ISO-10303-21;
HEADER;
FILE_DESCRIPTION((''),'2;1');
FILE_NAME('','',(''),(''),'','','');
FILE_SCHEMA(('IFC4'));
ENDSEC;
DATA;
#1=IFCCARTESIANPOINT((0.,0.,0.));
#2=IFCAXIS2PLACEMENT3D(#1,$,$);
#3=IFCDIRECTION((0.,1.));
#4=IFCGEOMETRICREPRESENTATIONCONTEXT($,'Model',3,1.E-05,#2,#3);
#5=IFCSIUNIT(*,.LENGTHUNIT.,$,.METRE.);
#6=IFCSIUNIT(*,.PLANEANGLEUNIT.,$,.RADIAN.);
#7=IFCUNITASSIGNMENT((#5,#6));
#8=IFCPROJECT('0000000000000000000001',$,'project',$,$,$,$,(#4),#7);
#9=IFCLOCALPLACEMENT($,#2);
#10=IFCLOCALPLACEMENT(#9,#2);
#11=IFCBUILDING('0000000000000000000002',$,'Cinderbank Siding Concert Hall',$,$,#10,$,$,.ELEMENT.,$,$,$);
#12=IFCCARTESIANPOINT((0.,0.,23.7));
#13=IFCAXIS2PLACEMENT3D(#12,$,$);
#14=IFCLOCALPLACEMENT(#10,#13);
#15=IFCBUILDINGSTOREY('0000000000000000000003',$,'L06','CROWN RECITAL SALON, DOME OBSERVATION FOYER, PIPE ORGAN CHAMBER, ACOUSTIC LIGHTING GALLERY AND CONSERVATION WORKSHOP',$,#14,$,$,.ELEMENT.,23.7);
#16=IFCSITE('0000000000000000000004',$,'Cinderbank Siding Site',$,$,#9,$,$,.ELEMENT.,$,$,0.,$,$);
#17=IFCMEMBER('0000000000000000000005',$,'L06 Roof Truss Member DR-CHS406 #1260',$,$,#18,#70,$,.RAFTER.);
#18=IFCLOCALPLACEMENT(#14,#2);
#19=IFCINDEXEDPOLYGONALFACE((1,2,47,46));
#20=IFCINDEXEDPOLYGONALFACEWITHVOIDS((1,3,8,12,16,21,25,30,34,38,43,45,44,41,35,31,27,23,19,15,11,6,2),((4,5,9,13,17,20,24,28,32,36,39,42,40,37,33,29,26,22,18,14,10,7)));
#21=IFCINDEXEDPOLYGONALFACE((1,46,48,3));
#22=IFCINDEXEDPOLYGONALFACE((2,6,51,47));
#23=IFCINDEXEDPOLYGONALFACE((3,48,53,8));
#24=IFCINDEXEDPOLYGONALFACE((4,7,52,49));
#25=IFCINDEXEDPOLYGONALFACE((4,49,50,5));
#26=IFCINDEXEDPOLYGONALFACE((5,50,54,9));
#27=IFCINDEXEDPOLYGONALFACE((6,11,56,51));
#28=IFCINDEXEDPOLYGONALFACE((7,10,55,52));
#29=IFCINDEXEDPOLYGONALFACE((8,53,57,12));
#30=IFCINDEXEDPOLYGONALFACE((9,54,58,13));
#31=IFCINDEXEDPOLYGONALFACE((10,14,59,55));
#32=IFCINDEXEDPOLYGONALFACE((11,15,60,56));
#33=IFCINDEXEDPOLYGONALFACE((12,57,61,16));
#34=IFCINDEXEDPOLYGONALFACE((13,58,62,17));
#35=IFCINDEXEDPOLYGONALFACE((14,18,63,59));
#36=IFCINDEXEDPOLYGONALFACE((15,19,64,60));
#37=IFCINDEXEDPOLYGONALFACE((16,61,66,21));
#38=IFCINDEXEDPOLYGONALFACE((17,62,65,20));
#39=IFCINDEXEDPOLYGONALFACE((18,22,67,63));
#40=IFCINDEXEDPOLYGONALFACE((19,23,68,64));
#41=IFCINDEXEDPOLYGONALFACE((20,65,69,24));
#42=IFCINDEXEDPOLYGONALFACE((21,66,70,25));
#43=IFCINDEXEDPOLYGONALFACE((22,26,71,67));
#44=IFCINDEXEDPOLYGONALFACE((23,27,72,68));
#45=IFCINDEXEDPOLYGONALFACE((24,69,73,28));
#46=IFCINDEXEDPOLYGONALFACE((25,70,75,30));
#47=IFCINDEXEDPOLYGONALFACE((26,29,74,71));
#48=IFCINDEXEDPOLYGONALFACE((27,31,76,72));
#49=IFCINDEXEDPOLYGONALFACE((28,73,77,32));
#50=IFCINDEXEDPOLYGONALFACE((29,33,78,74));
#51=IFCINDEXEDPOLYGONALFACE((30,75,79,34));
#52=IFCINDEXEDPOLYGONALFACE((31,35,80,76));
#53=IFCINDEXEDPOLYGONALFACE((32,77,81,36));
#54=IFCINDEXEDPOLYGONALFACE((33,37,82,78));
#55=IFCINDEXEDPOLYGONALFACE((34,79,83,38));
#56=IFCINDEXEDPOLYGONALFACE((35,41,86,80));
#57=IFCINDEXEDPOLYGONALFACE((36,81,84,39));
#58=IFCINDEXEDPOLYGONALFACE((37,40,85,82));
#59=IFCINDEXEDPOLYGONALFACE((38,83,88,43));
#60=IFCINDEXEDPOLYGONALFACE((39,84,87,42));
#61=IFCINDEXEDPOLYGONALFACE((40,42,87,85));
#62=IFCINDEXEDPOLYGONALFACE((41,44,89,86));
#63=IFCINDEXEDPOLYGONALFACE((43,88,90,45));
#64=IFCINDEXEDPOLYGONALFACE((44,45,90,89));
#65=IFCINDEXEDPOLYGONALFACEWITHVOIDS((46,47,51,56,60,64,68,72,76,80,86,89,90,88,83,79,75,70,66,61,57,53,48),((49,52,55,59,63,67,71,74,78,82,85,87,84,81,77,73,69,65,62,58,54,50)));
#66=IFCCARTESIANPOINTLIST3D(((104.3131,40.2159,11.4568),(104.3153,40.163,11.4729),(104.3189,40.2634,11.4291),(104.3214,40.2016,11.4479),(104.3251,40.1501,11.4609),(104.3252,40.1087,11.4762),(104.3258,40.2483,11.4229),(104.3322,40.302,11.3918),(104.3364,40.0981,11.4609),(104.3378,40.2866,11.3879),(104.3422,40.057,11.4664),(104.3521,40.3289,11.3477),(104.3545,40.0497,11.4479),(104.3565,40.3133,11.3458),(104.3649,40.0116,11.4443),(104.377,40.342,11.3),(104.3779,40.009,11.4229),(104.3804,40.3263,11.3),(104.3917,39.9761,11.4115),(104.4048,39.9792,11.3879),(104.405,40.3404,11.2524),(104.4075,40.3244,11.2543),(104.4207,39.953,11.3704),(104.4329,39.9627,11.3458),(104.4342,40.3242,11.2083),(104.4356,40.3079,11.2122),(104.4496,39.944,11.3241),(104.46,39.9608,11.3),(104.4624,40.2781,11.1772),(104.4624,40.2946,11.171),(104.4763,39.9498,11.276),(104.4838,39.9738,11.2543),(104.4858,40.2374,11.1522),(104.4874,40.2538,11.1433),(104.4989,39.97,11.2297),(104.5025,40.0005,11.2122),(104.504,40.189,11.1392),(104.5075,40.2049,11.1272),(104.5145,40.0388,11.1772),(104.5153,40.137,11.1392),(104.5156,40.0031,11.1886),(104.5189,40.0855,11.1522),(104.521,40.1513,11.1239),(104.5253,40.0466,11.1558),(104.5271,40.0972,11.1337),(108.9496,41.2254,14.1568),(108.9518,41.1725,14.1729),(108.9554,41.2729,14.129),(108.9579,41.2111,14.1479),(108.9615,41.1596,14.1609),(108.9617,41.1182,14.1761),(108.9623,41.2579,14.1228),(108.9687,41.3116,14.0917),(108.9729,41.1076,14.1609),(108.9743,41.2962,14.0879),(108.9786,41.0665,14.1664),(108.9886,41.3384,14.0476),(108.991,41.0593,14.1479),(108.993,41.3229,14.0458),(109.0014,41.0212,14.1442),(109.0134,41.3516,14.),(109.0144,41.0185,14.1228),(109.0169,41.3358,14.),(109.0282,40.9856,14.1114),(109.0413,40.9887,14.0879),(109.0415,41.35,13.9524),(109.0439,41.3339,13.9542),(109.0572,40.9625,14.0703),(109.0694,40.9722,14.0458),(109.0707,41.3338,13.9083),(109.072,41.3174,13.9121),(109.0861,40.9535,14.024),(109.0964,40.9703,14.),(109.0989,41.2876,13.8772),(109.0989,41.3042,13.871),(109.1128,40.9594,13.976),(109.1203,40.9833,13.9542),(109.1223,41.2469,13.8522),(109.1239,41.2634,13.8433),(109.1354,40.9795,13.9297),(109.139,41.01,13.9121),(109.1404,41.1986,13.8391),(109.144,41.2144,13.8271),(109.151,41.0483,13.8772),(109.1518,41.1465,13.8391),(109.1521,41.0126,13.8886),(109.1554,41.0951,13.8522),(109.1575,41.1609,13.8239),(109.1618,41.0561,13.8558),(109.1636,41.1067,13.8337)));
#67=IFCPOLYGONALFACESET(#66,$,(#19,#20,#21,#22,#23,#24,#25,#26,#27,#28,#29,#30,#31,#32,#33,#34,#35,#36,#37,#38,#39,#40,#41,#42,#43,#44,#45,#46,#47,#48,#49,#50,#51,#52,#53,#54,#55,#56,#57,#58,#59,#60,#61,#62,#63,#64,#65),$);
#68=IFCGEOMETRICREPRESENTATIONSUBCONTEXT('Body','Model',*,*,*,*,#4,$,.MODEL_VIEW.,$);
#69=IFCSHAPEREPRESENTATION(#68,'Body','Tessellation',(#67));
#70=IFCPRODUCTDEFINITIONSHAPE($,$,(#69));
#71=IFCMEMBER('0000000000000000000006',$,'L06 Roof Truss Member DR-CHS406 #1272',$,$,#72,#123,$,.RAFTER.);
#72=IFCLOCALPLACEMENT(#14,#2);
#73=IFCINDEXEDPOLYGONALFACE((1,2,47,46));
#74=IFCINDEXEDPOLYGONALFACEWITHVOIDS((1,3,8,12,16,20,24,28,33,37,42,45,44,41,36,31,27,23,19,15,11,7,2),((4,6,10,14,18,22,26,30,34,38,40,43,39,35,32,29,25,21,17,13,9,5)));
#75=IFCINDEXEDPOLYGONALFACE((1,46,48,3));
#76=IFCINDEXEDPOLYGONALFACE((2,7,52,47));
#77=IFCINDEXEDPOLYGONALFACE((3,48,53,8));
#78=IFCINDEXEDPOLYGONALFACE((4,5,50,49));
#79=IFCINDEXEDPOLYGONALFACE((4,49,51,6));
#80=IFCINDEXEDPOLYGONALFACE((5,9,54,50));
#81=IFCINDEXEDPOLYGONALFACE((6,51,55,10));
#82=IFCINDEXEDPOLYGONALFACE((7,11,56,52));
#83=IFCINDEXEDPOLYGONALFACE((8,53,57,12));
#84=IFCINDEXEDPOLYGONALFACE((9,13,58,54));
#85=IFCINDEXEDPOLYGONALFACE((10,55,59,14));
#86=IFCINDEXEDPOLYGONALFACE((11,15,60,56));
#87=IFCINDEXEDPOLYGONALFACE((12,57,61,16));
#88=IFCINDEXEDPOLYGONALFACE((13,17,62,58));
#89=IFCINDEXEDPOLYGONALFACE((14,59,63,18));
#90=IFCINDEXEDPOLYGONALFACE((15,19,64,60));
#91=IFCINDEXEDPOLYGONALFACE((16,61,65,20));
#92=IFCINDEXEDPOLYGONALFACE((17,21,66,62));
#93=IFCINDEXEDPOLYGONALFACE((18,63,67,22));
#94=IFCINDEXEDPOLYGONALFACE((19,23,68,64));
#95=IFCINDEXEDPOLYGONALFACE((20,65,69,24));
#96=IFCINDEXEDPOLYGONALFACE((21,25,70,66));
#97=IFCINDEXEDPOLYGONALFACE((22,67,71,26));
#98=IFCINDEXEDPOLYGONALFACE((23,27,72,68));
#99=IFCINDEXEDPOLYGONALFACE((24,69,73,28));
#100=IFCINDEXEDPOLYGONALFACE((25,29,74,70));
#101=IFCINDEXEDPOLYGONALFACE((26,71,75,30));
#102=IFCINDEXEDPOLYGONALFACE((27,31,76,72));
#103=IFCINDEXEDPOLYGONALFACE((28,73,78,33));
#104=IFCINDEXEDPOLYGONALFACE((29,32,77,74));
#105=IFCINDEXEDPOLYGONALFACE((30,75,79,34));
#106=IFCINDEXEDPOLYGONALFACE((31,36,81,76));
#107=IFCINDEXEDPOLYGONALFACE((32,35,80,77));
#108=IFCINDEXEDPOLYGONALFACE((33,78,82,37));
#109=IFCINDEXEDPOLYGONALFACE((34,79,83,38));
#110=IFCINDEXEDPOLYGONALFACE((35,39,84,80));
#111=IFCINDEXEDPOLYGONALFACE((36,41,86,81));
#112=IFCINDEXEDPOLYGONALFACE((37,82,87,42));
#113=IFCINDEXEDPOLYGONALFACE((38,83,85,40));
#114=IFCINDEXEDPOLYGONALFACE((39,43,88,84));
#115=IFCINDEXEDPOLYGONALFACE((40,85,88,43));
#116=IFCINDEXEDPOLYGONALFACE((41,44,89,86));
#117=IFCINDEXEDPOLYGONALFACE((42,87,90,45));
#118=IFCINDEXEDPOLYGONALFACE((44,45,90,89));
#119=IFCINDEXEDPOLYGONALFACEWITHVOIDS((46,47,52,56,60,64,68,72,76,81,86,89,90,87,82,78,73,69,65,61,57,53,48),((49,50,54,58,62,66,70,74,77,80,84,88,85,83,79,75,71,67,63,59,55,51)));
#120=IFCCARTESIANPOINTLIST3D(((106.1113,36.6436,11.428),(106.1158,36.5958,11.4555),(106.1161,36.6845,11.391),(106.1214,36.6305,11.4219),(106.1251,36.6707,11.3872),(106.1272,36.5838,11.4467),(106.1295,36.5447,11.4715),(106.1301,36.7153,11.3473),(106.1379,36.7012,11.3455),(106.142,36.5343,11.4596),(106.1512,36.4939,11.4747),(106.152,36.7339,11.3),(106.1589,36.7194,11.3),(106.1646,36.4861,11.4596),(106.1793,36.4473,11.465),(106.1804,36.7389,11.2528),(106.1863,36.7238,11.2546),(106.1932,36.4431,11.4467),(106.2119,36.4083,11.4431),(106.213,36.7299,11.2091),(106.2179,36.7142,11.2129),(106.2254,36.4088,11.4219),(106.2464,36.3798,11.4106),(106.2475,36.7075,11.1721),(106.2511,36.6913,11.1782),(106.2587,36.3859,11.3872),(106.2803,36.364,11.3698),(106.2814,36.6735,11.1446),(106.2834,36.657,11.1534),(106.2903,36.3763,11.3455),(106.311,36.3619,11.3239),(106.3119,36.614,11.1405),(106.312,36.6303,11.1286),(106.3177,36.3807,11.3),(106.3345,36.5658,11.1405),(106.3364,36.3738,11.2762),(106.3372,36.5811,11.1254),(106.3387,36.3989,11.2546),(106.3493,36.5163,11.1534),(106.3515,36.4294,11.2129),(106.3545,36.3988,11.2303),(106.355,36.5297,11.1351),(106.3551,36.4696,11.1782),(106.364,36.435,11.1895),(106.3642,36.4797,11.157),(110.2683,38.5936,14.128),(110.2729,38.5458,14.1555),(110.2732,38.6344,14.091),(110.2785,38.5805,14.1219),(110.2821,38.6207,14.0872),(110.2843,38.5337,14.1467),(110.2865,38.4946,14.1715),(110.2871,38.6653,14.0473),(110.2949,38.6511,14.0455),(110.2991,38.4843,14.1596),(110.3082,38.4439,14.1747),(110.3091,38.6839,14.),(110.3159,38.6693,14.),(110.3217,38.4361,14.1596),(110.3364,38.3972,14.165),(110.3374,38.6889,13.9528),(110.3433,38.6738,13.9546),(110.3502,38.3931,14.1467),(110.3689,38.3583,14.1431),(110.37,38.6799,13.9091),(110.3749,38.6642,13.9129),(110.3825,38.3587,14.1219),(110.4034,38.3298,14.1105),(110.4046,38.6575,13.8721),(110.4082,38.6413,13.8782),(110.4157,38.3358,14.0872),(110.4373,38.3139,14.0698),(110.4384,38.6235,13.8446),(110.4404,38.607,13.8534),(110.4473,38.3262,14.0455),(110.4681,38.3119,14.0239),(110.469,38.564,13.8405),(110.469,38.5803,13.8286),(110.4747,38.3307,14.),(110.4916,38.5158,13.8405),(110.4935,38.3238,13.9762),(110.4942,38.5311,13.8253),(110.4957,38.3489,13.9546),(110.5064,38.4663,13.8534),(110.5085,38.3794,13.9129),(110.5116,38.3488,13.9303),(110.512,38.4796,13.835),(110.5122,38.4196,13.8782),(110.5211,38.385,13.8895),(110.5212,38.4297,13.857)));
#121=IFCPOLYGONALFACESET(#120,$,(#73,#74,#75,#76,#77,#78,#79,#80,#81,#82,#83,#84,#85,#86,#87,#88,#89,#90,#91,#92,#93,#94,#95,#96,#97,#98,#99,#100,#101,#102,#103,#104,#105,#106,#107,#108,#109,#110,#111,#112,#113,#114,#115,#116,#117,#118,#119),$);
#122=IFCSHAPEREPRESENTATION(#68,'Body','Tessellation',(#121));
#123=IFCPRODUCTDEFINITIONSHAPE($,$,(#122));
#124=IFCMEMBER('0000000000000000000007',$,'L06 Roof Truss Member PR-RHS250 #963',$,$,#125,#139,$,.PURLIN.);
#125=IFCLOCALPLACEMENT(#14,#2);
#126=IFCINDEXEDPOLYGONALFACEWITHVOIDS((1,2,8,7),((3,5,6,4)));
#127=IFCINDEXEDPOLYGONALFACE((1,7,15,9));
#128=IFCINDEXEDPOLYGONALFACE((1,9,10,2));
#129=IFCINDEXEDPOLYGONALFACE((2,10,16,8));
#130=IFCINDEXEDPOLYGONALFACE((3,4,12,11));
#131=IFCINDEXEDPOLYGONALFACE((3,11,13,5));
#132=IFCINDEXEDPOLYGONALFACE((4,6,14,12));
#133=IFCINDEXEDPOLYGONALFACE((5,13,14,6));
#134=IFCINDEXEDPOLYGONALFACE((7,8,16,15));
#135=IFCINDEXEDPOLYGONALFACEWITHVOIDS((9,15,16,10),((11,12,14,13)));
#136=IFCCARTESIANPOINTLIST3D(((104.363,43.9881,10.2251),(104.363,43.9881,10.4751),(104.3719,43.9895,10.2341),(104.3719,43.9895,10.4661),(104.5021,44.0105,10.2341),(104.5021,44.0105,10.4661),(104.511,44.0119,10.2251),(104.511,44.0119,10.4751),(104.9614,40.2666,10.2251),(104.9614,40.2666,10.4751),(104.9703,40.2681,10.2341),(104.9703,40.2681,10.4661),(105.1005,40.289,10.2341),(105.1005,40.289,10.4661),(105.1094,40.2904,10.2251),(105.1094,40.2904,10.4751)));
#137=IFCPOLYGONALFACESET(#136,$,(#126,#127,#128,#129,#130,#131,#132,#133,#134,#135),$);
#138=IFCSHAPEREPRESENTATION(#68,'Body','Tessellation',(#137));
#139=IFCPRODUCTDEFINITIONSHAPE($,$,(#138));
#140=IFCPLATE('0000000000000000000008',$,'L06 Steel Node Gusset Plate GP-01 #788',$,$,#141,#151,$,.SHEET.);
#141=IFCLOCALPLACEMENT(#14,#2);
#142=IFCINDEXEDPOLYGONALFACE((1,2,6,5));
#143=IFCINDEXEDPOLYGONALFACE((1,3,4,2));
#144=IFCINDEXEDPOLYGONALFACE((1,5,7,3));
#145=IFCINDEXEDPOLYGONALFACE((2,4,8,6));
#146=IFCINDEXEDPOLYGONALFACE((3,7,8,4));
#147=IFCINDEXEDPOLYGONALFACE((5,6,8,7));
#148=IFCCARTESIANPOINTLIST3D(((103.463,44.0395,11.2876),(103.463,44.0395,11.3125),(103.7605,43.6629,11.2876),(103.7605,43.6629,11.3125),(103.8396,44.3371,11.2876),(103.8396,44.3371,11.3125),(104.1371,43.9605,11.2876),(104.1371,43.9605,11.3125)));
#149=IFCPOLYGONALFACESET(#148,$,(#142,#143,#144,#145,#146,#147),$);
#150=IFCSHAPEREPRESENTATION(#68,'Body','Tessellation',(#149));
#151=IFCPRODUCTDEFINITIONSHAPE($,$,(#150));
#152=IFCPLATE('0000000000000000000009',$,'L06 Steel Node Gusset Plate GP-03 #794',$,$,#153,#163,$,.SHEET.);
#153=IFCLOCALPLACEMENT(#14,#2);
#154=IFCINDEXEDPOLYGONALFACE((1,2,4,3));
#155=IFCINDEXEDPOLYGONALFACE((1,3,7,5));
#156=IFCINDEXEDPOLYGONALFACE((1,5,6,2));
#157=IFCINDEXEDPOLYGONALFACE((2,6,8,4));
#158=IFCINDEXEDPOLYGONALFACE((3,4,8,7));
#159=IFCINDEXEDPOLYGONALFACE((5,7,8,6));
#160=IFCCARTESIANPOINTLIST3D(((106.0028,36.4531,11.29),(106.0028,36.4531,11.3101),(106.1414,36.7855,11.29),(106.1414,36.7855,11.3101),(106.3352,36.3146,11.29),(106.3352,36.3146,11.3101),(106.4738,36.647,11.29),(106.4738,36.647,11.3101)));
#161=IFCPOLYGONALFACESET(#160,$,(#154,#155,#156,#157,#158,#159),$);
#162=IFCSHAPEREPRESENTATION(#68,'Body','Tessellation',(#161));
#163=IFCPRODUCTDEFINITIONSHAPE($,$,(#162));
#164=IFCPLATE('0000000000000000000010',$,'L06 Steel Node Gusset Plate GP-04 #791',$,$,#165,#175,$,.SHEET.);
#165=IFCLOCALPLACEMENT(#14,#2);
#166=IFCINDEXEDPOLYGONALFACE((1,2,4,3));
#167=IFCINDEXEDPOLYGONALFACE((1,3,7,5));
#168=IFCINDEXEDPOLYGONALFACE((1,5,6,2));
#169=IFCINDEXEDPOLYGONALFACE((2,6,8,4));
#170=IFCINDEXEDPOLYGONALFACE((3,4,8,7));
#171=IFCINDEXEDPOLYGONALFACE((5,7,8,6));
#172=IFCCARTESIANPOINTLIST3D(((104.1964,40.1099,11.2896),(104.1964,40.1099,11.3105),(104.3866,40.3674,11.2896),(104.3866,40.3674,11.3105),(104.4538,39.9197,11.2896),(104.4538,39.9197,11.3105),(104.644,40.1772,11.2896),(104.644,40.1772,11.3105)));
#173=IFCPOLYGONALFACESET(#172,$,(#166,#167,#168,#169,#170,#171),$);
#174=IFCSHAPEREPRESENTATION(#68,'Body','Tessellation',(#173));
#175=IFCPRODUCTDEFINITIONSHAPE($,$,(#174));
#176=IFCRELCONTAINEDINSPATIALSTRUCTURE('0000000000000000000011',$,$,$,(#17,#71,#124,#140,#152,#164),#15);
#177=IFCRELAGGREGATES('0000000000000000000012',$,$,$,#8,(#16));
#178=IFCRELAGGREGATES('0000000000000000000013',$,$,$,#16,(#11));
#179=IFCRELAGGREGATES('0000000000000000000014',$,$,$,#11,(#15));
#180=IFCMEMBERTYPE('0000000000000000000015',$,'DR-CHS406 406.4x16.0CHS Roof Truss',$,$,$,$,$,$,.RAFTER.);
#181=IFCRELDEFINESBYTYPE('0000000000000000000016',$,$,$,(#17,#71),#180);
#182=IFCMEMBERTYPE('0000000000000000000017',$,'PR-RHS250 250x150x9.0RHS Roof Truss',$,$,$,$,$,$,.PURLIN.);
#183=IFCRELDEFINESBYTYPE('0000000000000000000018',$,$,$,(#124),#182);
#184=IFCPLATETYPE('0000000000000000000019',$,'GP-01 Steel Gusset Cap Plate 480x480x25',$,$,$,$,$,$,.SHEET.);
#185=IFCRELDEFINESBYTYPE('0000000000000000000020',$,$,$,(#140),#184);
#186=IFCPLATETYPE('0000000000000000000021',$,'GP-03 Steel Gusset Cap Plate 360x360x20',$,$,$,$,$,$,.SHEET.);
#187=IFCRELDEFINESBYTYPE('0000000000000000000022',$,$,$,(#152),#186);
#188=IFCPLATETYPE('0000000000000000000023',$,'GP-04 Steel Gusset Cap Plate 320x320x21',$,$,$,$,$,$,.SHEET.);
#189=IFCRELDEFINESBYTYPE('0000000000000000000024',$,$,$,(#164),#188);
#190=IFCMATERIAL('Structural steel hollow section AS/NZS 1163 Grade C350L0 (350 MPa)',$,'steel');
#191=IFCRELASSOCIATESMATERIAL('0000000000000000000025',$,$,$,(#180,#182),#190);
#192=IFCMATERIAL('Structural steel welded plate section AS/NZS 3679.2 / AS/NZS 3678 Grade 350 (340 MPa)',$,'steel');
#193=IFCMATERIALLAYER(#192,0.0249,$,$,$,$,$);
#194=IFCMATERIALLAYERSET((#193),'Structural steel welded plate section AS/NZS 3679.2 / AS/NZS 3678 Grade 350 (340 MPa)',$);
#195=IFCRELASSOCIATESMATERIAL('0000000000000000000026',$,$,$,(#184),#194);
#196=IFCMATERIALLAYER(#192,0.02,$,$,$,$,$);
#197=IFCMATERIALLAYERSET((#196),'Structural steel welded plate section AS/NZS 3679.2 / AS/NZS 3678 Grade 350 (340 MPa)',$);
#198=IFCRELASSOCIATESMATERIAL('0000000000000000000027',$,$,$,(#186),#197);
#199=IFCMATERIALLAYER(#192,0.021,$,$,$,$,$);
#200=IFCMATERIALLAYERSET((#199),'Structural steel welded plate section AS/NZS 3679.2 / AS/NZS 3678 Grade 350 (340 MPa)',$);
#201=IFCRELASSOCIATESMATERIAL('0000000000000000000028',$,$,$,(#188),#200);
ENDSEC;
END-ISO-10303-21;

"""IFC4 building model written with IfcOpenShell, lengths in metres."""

from ifc_helpers import new_model, si_unit, direction, frame, origin, origin_2d, place, context, subcontext, project, spatial, rectangle, hollow_rectangle, hollow_circle, extrude, material, layer, layer_set, material_profile, profile_set, type_object, element, save


model = new_model("IFC4")

# Units and contexts
model_context = context("Model", 3, precision=1e-05, world=origin(), true_north=direction((0.0, 1.0)))
body_context = subcontext(model_context, "Body", "Model", "MODEL_VIEW")
ifc_project = project(units=[si_unit("LENGTHUNIT", "METRE"), si_unit("PLANEANGLEUNIT", "RADIAN")], contexts=[model_context])

# Site, building, storey
site_placement = place(None, origin())
site = spatial("IfcSite", under=ifc_project, at=site_placement, Name="Cinderbank Siding Site", CompositionType="ELEMENT", RefElevation=0.0)
building_placement = place(site_placement, origin())
building = spatial("IfcBuilding", under=site, at=building_placement, Name="Cinderbank Siding Concert Hall", CompositionType="ELEMENT")
storey_placement = place(building_placement, frame((0.0, 0.0, 23.7)))
storey = spatial("IfcBuildingStorey", under=building, at=storey_placement, Name="L06", Description="CROWN RECITAL SALON, DOME OBSERVATION FOYER, PIPE ORGAN CHAMBER, ACOUSTIC LIGHTING GALLERY AND CONSERVATION WORKSHOP", CompositionType="ELEMENT", Elevation=23.7)

# Members
ifc_material_1 = material(Name="Structural steel hollow section AS/NZS 1163 Grade C350L0 (350 MPa)", Category="steel")
ifc_material_profile_1 = material_profile(ifc_material_1, hollow_circle(Radius=0.2031, WallThickness=0.0161, at=origin_2d()), Name="406.4x16.0CHS", Category="LoadBearing")
ifc_profile_set_1 = profile_set([ifc_material_profile_1], Name="Structural steel hollow section AS/NZS 1163 Grade C350L0 (350 MPa)")
member_type_1 = type_object("IfcMemberType", Name="DR-CHS406 406.4x16.0CHS Roof Truss", PredefinedType="RAFTER", material=ifc_profile_set_1)
member_1_placement = place(storey_placement, frame((104.4202, 40.1436, 11.3), z_axis=(0.849254, 0.184912, 0.494545), x_axis=(-0.21275, 0.977107, 0.0)))
element("IfcMember", 1, at=member_1_placement, inside=storey, type_object=member_type_1, Name="L06 Roof Truss Member DR-CHS406 #1260", PredefinedType="RAFTER", context=body_context, shape_type="SweptSolid", body=[
    extrude(hollow_circle(Radius=0.2031, WallThickness=0.0161, at=origin_2d()), origin(), (0.0, 0.0, 1.0), 5.4595),
])
member_2_placement = place(storey_placement, frame((106.2383, 36.55, 11.3), z_axis=(0.780421, 0.366079, 0.506882), x_axis=(-0.424678, 0.905345, 0.0)))
element("IfcMember", 2, at=member_2_placement, inside=storey, type_object=member_type_1, Name="L06 Roof Truss Member DR-CHS406 #1272", PredefinedType="RAFTER", context=body_context, shape_type="SweptSolid", body=[
    extrude(hollow_circle(Radius=0.2031, WallThickness=0.0161, at=origin_2d()), origin(), (0.0, 0.0, 1.0), 5.3267),
])
ifc_material_profile_2 = material_profile(ifc_material_1, hollow_rectangle(XDim=0.1499, YDim=0.25, WallThickness=0.009, at=origin_2d()), Name="250x150x9.0RHS", Category="LoadBearing")
ifc_profile_set_2 = profile_set([ifc_material_profile_2], Name="Structural steel hollow section AS/NZS 1163 Grade C350L0 (350 MPa)")
member_type_2 = type_object("IfcMemberType", Name="PR-RHS250 250x150x9.0RHS Roof Truss", PredefinedType="PURLIN", material=ifc_profile_set_2)
member_3_placement = place(storey_placement, frame((104.437, 44.0, 10.3501), z_axis=(0.158756, -0.987318, 0.0), x_axis=(0.987318, 0.158756, 0.0)))
element("IfcMember", 3, at=member_3_placement, inside=storey, type_object=member_type_2, Name="L06 Roof Truss Member PR-RHS250 #963", PredefinedType="PURLIN", context=body_context, shape_type="SweptSolid", body=[
    extrude(hollow_rectangle(XDim=0.1499, YDim=0.25, WallThickness=0.009, at=origin_2d()), origin(), (0.0, 0.0, 1.0), 3.7693),
])

# Plates
ifc_material_2 = material(Name="Structural steel welded plate section AS/NZS 3679.2 / AS/NZS 3678 Grade 350 (340 MPa)", Category="steel")
ifc_layer_1 = layer(ifc_material_2, 0.0249)
ifc_layer_set_1 = layer_set([ifc_layer_1], Name="Structural steel welded plate section AS/NZS 3679.2 / AS/NZS 3678 Grade 350 (340 MPa)")
plate_type_1 = type_object("IfcPlateType", Name="GP-01 Steel Gusset Cap Plate 480x480x25", PredefinedType="SHEET", material=ifc_layer_set_1)
plate_1_placement = place(storey_placement, frame((103.8, 44.0, 11.2876), z_axis=(0.0, 0.0, 1.0), x_axis=(0.619916, -0.784668, 0.0)))
element("IfcPlate", 4, at=plate_1_placement, inside=storey, type_object=plate_type_1, Name="L06 Steel Node Gusset Plate GP-01 #788", PredefinedType="SHEET", context=body_context, shape_type="SweptSolid", body=[
    extrude(rectangle(XDim=0.48, YDim=0.48, at=origin_2d()), origin(), (0.0, 0.0, 1.0), 0.0249),
])
ifc_layer_2 = layer(ifc_material_2, 0.02)
ifc_layer_set_2 = layer_set([ifc_layer_2], Name="Structural steel welded plate section AS/NZS 3679.2 / AS/NZS 3678 Grade 350 (340 MPa)")
plate_type_2 = type_object("IfcPlateType", Name="GP-03 Steel Gusset Cap Plate 360x360x20", PredefinedType="SHEET", material=ifc_layer_set_2)
plate_2_placement = place(storey_placement, frame((106.2383, 36.55, 11.29), z_axis=(0.0, 0.0, 1.0), x_axis=(0.923009, -0.384779, 0.0)))
element("IfcPlate", 5, at=plate_2_placement, inside=storey, type_object=plate_type_2, Name="L06 Steel Node Gusset Plate GP-03 #794", PredefinedType="SHEET", context=body_context, shape_type="SweptSolid", body=[
    extrude(rectangle(XDim=0.3601, YDim=0.3601, at=origin_2d()), origin(), (0.0, 0.0, 1.0), 0.02),
])
ifc_layer_3 = layer(ifc_material_2, 0.021)
ifc_layer_set_3 = layer_set([ifc_layer_3], Name="Structural steel welded plate section AS/NZS 3679.2 / AS/NZS 3678 Grade 350 (340 MPa)")
plate_type_3 = type_object("IfcPlateType", Name="GP-04 Steel Gusset Cap Plate 320x320x21", PredefinedType="SHEET", material=ifc_layer_set_3)
plate_3_placement = place(storey_placement, frame((104.4202, 40.1436, 11.2896), z_axis=(0.0, 0.0, 1.0), x_axis=(0.804272, -0.594261, 0.0)))
element("IfcPlate", 6, at=plate_3_placement, inside=storey, type_object=plate_type_3, Name="L06 Steel Node Gusset Plate GP-04 #791", PredefinedType="SHEET", context=body_context, shape_type="SweptSolid", body=[
    extrude(rectangle(XDim=0.3201, YDim=0.3201, at=origin_2d()), origin(), (0.0, 0.0, 1.0), 0.021),
])

save(model, "model.ifc")
